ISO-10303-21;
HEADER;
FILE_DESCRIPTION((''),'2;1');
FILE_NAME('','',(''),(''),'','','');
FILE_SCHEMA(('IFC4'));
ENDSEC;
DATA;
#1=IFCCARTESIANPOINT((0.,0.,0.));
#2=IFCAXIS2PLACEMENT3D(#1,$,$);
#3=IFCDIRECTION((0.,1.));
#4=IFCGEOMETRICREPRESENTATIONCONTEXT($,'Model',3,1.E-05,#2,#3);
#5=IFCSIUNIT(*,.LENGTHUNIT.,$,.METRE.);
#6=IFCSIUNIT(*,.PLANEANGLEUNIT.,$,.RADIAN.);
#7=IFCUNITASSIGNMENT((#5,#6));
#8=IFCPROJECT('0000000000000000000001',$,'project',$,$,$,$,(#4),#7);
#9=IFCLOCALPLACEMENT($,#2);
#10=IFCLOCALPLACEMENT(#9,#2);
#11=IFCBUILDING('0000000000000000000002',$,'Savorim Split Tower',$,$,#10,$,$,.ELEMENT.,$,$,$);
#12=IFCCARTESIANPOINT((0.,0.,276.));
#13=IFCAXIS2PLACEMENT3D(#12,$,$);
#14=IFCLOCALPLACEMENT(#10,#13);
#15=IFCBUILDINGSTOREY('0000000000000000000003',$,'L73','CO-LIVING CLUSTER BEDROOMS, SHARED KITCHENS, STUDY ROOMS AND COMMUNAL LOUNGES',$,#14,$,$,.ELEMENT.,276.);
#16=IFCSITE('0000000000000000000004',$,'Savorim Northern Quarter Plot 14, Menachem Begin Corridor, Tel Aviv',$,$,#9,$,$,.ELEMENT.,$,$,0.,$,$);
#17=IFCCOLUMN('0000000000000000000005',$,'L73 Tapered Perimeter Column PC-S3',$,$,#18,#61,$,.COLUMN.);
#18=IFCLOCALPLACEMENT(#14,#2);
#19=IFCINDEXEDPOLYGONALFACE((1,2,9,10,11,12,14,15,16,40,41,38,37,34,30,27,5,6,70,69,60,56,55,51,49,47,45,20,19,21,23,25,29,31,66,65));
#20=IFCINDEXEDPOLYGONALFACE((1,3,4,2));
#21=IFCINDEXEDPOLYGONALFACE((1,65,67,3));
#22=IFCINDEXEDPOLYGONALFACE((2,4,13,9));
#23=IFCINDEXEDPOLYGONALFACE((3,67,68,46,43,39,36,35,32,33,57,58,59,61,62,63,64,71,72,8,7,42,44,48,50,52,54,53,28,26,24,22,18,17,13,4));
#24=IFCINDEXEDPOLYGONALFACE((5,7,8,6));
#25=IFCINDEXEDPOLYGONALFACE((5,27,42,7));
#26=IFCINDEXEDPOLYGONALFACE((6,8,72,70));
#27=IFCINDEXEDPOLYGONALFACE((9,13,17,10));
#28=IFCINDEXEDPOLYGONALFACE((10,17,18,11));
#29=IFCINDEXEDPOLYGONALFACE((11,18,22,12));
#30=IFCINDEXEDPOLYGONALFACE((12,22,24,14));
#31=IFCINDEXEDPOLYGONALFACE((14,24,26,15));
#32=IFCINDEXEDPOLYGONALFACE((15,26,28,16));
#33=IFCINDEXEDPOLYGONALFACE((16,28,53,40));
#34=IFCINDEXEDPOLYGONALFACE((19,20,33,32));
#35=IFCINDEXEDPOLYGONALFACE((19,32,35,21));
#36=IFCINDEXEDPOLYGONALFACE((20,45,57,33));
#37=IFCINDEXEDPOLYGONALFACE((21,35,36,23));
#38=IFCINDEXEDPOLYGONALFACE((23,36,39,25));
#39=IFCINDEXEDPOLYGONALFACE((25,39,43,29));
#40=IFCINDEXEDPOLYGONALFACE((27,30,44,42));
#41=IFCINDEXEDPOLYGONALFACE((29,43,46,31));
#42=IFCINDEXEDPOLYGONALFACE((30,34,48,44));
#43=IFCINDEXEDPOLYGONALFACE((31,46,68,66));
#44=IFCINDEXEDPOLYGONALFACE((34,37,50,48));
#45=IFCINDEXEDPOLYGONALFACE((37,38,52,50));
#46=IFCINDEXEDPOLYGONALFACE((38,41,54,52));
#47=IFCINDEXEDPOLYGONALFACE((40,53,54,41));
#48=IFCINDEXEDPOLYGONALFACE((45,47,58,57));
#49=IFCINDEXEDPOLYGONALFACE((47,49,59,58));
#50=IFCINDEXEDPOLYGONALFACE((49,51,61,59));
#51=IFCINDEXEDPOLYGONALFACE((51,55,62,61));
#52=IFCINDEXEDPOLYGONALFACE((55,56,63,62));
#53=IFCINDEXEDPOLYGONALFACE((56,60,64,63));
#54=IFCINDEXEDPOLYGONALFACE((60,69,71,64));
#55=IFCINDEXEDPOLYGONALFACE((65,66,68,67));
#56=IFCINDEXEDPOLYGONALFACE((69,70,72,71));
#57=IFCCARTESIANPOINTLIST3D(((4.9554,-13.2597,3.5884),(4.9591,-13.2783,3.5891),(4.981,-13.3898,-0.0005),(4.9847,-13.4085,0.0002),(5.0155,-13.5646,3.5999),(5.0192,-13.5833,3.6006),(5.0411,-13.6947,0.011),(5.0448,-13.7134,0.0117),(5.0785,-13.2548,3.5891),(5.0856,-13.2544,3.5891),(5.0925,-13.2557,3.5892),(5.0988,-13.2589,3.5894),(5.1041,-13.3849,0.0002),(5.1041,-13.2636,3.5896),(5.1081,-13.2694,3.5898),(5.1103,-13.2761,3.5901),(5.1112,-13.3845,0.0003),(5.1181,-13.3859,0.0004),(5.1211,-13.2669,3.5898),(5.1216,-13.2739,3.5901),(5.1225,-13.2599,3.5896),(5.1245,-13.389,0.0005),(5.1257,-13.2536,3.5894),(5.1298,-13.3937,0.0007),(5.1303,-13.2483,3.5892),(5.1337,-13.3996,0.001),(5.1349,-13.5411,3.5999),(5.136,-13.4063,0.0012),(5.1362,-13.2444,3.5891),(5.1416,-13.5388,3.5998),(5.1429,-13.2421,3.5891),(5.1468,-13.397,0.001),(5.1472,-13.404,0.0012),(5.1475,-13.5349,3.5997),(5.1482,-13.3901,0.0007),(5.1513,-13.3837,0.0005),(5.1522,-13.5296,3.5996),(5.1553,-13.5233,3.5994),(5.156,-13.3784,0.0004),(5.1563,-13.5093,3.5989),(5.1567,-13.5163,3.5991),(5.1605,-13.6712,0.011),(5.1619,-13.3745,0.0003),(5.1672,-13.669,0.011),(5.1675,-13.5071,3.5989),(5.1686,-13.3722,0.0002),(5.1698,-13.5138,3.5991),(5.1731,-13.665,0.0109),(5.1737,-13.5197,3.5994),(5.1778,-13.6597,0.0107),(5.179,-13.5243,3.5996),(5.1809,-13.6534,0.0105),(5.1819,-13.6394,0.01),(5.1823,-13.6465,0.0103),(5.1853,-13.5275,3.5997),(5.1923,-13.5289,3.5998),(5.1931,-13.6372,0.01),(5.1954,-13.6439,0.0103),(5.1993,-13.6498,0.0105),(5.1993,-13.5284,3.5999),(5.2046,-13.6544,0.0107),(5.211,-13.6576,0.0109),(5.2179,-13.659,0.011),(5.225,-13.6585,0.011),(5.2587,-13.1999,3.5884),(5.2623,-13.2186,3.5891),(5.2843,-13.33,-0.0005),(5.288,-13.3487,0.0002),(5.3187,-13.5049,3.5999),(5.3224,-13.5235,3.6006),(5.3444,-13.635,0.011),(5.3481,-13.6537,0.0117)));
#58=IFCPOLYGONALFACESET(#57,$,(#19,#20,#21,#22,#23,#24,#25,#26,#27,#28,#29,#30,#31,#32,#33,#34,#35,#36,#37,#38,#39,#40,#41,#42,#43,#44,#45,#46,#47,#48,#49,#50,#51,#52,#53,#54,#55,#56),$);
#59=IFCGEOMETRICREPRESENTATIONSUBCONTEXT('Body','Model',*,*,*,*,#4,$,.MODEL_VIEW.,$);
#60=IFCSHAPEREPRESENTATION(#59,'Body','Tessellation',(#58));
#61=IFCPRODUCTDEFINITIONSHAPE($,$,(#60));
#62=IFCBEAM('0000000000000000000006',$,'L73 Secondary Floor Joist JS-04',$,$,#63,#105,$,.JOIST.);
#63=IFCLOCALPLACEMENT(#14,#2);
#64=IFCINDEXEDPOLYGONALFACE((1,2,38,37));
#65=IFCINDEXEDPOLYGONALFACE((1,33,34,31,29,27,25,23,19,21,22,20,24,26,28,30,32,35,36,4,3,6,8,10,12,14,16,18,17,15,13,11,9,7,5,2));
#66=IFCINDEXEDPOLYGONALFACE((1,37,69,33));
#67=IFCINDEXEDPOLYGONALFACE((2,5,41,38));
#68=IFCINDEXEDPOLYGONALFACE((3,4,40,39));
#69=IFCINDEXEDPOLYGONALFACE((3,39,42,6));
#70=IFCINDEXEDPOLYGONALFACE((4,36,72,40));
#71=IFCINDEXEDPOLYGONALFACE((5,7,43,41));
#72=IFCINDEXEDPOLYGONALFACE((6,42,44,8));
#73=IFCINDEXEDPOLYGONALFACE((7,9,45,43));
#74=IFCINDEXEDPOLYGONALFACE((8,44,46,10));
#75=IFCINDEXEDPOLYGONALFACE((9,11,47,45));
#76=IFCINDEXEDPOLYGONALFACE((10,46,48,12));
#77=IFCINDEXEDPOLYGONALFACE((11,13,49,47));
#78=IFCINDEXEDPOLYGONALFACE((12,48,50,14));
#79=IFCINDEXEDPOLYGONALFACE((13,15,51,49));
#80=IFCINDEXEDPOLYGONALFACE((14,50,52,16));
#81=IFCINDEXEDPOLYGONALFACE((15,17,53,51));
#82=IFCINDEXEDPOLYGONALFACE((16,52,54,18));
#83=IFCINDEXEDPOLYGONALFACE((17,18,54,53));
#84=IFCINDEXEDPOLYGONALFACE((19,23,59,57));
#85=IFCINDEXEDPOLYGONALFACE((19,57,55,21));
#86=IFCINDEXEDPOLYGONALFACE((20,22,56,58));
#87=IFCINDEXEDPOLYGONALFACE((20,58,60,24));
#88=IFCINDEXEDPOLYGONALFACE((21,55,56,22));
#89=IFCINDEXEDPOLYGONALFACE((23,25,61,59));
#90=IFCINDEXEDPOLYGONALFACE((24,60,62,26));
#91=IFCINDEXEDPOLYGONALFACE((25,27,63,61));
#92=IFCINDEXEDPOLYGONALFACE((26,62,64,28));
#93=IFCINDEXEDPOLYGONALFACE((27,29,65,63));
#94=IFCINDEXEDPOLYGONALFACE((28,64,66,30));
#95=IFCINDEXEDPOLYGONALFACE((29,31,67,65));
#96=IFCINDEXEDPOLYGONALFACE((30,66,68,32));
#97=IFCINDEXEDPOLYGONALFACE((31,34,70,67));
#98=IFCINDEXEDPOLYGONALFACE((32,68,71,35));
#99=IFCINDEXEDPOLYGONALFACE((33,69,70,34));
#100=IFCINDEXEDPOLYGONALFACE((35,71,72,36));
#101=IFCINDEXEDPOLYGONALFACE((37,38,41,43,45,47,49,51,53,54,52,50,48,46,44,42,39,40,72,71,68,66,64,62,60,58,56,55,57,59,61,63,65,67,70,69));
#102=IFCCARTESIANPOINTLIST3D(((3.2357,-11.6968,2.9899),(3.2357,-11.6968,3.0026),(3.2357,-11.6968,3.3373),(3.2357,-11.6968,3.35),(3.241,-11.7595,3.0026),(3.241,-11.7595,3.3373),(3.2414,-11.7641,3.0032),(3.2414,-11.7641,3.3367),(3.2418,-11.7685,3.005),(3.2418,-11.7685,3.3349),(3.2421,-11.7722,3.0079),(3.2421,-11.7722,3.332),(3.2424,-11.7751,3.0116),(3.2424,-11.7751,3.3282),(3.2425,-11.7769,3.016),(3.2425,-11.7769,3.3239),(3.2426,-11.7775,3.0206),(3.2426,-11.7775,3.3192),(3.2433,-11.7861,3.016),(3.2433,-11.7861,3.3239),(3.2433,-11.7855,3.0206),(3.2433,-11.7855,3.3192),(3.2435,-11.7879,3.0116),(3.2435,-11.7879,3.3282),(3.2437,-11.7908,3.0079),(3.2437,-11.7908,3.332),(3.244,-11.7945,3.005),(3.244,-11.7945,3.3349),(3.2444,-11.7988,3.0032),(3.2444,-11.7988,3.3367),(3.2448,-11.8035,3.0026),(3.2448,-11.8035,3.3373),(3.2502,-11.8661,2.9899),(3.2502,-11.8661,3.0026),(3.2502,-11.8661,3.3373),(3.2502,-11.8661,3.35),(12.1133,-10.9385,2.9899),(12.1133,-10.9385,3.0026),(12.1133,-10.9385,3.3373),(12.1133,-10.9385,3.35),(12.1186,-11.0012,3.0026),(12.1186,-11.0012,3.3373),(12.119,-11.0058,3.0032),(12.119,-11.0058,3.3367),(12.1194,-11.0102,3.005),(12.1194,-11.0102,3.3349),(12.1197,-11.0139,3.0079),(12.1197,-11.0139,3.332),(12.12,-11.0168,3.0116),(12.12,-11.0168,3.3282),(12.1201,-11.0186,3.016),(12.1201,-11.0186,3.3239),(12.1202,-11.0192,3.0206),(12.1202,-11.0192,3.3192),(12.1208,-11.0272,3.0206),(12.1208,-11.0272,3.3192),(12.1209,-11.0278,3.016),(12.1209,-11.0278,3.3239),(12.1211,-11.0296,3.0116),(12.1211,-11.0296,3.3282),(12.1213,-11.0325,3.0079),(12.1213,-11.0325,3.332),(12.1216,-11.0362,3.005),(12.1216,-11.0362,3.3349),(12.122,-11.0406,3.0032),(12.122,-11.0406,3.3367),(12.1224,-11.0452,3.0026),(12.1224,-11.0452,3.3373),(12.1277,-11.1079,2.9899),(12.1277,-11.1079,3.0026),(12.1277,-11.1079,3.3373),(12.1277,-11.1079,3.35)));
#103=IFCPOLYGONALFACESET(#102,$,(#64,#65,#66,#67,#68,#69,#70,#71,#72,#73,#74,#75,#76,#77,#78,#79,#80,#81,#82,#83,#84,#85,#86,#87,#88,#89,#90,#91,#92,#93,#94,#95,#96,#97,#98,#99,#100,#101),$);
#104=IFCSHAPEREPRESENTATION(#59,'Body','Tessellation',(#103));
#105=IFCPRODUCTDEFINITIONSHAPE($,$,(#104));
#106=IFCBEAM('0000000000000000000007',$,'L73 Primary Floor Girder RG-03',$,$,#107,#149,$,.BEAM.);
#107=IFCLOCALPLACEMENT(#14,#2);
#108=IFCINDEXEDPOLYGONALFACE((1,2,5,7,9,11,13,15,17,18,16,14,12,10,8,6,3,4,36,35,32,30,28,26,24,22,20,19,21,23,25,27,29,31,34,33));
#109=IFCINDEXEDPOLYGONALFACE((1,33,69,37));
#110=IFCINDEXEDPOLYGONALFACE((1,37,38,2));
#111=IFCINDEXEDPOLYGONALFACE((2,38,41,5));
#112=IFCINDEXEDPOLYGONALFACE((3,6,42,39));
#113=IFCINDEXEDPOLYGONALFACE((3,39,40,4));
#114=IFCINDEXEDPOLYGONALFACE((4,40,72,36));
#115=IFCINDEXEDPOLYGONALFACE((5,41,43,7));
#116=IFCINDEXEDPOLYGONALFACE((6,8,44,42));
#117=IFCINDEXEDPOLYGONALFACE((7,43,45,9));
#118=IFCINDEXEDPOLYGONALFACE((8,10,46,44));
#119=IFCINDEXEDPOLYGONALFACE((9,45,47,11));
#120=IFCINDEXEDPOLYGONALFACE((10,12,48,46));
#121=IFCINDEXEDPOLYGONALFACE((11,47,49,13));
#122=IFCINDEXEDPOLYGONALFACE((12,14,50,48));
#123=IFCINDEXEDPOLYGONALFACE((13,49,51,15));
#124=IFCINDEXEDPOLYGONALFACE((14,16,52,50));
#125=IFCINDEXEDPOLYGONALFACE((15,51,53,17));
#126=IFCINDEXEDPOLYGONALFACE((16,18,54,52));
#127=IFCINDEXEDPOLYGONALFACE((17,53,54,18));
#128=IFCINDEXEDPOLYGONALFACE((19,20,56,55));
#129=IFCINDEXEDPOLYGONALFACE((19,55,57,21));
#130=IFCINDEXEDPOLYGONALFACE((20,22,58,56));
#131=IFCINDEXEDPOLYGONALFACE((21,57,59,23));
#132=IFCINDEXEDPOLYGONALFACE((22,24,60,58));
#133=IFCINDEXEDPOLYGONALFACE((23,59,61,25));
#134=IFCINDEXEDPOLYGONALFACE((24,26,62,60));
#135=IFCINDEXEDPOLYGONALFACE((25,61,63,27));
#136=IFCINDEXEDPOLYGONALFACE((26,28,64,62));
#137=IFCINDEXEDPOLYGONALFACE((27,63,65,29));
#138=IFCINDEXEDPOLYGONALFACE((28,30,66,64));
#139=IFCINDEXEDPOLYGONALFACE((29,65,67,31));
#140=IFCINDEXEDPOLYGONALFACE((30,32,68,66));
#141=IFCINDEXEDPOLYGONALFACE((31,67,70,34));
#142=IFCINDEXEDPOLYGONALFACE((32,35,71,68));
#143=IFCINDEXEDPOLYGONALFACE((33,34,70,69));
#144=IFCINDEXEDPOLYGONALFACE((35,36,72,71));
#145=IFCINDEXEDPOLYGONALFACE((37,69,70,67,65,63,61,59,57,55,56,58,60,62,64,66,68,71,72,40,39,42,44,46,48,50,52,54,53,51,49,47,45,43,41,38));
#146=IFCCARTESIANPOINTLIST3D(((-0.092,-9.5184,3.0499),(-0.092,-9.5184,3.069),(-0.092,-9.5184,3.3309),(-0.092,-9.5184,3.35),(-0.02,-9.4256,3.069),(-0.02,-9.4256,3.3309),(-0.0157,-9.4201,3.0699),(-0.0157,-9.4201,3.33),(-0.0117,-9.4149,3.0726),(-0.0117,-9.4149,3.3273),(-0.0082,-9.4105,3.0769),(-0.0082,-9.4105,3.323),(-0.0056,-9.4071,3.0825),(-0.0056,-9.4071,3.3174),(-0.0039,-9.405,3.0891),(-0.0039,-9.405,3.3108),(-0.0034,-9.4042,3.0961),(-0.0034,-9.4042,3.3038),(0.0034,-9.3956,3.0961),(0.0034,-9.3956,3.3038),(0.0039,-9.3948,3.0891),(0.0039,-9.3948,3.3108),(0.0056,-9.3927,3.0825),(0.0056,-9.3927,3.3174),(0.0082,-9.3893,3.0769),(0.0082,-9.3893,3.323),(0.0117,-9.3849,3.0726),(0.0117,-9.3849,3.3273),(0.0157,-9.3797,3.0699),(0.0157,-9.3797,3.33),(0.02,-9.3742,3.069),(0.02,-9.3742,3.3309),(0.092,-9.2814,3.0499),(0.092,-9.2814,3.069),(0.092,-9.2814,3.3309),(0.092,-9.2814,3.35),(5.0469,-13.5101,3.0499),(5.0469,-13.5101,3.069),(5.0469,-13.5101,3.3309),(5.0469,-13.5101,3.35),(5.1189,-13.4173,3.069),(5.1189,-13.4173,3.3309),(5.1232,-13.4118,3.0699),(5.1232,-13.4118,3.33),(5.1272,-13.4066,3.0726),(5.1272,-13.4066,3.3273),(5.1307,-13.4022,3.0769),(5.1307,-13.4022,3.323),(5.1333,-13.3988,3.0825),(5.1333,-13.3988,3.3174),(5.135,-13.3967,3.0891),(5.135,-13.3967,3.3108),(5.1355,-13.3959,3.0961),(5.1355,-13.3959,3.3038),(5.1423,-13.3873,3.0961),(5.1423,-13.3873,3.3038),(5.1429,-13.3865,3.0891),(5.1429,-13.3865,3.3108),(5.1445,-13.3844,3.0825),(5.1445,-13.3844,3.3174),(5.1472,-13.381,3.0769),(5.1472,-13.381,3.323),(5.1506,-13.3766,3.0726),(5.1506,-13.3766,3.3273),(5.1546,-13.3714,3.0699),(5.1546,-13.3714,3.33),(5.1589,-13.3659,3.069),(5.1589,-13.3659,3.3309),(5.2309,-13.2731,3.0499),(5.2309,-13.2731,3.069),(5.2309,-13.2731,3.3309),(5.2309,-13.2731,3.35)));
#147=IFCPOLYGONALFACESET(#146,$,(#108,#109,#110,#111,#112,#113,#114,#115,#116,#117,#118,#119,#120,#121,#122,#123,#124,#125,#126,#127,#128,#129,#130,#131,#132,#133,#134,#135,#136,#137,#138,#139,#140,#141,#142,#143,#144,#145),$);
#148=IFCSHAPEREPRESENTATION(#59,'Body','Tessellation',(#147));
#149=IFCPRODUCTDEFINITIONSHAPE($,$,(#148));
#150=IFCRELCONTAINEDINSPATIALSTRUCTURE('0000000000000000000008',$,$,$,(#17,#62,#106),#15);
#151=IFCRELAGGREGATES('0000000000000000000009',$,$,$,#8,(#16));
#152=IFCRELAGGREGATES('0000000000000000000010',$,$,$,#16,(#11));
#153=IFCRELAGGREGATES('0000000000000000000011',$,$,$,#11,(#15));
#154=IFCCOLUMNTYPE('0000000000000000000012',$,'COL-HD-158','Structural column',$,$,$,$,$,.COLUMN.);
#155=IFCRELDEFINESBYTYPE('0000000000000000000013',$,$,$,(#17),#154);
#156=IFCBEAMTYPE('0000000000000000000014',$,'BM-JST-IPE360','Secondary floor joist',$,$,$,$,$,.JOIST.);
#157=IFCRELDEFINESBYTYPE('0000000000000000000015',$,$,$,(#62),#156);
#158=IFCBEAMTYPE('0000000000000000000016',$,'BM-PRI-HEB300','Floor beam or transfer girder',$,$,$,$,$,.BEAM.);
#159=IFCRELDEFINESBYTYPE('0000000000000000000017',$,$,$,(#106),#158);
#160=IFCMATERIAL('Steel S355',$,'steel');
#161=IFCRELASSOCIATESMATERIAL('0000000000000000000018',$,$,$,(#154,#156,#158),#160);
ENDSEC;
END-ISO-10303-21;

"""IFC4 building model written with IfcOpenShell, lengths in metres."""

from ifc_helpers import new_model, si_unit, direction, frame, origin, origin_2d, place, context, subcontext, project, spatial, i_section, extrude, material, material_profile, profile_set, type_object, element, save


model = new_model("IFC4")

# Units and contexts
model_context = context("Model", 3, precision=1e-05, world=origin(), true_north=direction((0.0, 1.0)))
body_context = subcontext(model_context, "Body", "Model", "MODEL_VIEW")
ifc_project = project(units=[si_unit("LENGTHUNIT", "METRE"), si_unit("PLANEANGLEUNIT", "RADIAN")], contexts=[model_context])

# Site, building, storey
site_placement = place(None, origin())
site = spatial("IfcSite", under=ifc_project, at=site_placement, Name="Savorim Northern Quarter Plot 14, Menachem Begin Corridor, Tel Aviv", CompositionType="ELEMENT", RefElevation=0.0)
building_placement = place(site_placement, origin())
building = spatial("IfcBuilding", under=site, at=building_placement, Name="Savorim Split Tower", CompositionType="ELEMENT")
storey_placement = place(building_placement, frame((0.0, 0.0, 276.0)))
storey = spatial("IfcBuildingStorey", under=building, at=storey_placement, Name="L73", Description="CO-LIVING CLUSTER BEDROOMS, SHARED KITCHENS, STUDY ROOMS AND COMMUNAL LOUNGES", CompositionType="ELEMENT", Elevation=276.0)

# Column
ifc_material_1 = material(Name="Steel S355", Category="steel")
ifc_material_profile_1 = material_profile(ifc_material_1, i_section(OverallWidth=0.3091, OverallDepth=0.3301, WebThickness=0.0115, FlangeThickness=0.019, FilletRadius=0.0271, at=origin_2d()), Name="HD 320x158")
ifc_profile_set_1 = profile_set([ifc_material_profile_1], Name="Steel S355")
column_type = type_object("IfcColumnType", Name="COL-HD-158", Description="Structural column", PredefinedType="COLUMN", material=ifc_profile_set_1)
column_placement = place(storey_placement, frame((5.1646, -13.5217, 0.0056), z_axis=(-0.007138, 0.036234, 0.999318), x_axis=(-0.981143, -0.193283, 0.0)))
element("IfcColumn", 1, at=column_placement, inside=storey, type_object=column_type, Name="L73 Tapered Perimeter Column PC-S3", PredefinedType="COLUMN", context=body_context, shape_type="SweptSolid", body=[
    extrude(i_section(OverallWidth=0.3091, OverallDepth=0.3301, WebThickness=0.0115, FlangeThickness=0.019, FilletRadius=0.0271, at=origin_2d()), origin(), (0.0, 0.0, 1.0), 3.5913),
])

# Beams
ifc_material_profile_2 = material_profile(ifc_material_1, i_section(OverallWidth=0.1699, OverallDepth=0.3601, WebThickness=0.0081, FlangeThickness=0.0127, FilletRadius=0.0181, at=origin_2d()), Name="IPE 360")
ifc_profile_set_2 = profile_set([ifc_material_profile_2], Name="Steel S355")
beam_type_1 = type_object("IfcBeamType", Name="BM-JST-IPE360", Description="Secondary floor joist", PredefinedType="JOIST", material=ifc_profile_set_2)
beam_1_placement = place(storey_placement, frame((3.2429, -11.7815, 3.1699), z_axis=(0.996372, 0.085107, 0.0), x_axis=(-0.085107, 0.996372, 0.0)))
element("IfcBeam", 2, at=beam_1_placement, inside=storey, type_object=beam_type_1, Name="L73 Secondary Floor Joist JS-04", PredefinedType="JOIST", context=body_context, shape_type="SweptSolid", body=[
    extrude(i_section(OverallWidth=0.1699, OverallDepth=0.3601, WebThickness=0.0081, FlangeThickness=0.0127, FilletRadius=0.0181, at=origin_2d()), origin(), (0.0, 0.0, 1.0), 8.9099),
])
ifc_material_profile_3 = material_profile(ifc_material_1, i_section(OverallWidth=0.3, OverallDepth=0.3, WebThickness=0.011, FlangeThickness=0.019, FilletRadius=0.0271, at=origin_2d()), Name="HEB 300")
ifc_profile_set_3 = profile_set([ifc_material_profile_3], Name="Steel S355")
beam_type_2 = type_object("IfcBeamType", Name="BM-PRI-HEB300", Description="Floor beam or transfer girder", PredefinedType="BEAM", material=ifc_profile_set_3)
beam_2_placement = place(storey_placement, frame((5.1389, -13.3916, 3.2), z_axis=(-0.789742, 0.613439, 0.0), x_axis=(-0.613439, -0.789742, 0.0)))
element("IfcBeam", 3, at=beam_2_placement, inside=storey, type_object=beam_type_2, Name="L73 Primary Floor Girder RG-03", PredefinedType="BEAM", context=body_context, shape_type="SweptSolid", body=[
    extrude(i_section(OverallWidth=0.3, OverallDepth=0.3, WebThickness=0.011, FlangeThickness=0.019, FilletRadius=0.0271, at=origin_2d()), origin(), (0.0, 0.0, 1.0), 6.5071),
])

save(model, "model.ifc")
